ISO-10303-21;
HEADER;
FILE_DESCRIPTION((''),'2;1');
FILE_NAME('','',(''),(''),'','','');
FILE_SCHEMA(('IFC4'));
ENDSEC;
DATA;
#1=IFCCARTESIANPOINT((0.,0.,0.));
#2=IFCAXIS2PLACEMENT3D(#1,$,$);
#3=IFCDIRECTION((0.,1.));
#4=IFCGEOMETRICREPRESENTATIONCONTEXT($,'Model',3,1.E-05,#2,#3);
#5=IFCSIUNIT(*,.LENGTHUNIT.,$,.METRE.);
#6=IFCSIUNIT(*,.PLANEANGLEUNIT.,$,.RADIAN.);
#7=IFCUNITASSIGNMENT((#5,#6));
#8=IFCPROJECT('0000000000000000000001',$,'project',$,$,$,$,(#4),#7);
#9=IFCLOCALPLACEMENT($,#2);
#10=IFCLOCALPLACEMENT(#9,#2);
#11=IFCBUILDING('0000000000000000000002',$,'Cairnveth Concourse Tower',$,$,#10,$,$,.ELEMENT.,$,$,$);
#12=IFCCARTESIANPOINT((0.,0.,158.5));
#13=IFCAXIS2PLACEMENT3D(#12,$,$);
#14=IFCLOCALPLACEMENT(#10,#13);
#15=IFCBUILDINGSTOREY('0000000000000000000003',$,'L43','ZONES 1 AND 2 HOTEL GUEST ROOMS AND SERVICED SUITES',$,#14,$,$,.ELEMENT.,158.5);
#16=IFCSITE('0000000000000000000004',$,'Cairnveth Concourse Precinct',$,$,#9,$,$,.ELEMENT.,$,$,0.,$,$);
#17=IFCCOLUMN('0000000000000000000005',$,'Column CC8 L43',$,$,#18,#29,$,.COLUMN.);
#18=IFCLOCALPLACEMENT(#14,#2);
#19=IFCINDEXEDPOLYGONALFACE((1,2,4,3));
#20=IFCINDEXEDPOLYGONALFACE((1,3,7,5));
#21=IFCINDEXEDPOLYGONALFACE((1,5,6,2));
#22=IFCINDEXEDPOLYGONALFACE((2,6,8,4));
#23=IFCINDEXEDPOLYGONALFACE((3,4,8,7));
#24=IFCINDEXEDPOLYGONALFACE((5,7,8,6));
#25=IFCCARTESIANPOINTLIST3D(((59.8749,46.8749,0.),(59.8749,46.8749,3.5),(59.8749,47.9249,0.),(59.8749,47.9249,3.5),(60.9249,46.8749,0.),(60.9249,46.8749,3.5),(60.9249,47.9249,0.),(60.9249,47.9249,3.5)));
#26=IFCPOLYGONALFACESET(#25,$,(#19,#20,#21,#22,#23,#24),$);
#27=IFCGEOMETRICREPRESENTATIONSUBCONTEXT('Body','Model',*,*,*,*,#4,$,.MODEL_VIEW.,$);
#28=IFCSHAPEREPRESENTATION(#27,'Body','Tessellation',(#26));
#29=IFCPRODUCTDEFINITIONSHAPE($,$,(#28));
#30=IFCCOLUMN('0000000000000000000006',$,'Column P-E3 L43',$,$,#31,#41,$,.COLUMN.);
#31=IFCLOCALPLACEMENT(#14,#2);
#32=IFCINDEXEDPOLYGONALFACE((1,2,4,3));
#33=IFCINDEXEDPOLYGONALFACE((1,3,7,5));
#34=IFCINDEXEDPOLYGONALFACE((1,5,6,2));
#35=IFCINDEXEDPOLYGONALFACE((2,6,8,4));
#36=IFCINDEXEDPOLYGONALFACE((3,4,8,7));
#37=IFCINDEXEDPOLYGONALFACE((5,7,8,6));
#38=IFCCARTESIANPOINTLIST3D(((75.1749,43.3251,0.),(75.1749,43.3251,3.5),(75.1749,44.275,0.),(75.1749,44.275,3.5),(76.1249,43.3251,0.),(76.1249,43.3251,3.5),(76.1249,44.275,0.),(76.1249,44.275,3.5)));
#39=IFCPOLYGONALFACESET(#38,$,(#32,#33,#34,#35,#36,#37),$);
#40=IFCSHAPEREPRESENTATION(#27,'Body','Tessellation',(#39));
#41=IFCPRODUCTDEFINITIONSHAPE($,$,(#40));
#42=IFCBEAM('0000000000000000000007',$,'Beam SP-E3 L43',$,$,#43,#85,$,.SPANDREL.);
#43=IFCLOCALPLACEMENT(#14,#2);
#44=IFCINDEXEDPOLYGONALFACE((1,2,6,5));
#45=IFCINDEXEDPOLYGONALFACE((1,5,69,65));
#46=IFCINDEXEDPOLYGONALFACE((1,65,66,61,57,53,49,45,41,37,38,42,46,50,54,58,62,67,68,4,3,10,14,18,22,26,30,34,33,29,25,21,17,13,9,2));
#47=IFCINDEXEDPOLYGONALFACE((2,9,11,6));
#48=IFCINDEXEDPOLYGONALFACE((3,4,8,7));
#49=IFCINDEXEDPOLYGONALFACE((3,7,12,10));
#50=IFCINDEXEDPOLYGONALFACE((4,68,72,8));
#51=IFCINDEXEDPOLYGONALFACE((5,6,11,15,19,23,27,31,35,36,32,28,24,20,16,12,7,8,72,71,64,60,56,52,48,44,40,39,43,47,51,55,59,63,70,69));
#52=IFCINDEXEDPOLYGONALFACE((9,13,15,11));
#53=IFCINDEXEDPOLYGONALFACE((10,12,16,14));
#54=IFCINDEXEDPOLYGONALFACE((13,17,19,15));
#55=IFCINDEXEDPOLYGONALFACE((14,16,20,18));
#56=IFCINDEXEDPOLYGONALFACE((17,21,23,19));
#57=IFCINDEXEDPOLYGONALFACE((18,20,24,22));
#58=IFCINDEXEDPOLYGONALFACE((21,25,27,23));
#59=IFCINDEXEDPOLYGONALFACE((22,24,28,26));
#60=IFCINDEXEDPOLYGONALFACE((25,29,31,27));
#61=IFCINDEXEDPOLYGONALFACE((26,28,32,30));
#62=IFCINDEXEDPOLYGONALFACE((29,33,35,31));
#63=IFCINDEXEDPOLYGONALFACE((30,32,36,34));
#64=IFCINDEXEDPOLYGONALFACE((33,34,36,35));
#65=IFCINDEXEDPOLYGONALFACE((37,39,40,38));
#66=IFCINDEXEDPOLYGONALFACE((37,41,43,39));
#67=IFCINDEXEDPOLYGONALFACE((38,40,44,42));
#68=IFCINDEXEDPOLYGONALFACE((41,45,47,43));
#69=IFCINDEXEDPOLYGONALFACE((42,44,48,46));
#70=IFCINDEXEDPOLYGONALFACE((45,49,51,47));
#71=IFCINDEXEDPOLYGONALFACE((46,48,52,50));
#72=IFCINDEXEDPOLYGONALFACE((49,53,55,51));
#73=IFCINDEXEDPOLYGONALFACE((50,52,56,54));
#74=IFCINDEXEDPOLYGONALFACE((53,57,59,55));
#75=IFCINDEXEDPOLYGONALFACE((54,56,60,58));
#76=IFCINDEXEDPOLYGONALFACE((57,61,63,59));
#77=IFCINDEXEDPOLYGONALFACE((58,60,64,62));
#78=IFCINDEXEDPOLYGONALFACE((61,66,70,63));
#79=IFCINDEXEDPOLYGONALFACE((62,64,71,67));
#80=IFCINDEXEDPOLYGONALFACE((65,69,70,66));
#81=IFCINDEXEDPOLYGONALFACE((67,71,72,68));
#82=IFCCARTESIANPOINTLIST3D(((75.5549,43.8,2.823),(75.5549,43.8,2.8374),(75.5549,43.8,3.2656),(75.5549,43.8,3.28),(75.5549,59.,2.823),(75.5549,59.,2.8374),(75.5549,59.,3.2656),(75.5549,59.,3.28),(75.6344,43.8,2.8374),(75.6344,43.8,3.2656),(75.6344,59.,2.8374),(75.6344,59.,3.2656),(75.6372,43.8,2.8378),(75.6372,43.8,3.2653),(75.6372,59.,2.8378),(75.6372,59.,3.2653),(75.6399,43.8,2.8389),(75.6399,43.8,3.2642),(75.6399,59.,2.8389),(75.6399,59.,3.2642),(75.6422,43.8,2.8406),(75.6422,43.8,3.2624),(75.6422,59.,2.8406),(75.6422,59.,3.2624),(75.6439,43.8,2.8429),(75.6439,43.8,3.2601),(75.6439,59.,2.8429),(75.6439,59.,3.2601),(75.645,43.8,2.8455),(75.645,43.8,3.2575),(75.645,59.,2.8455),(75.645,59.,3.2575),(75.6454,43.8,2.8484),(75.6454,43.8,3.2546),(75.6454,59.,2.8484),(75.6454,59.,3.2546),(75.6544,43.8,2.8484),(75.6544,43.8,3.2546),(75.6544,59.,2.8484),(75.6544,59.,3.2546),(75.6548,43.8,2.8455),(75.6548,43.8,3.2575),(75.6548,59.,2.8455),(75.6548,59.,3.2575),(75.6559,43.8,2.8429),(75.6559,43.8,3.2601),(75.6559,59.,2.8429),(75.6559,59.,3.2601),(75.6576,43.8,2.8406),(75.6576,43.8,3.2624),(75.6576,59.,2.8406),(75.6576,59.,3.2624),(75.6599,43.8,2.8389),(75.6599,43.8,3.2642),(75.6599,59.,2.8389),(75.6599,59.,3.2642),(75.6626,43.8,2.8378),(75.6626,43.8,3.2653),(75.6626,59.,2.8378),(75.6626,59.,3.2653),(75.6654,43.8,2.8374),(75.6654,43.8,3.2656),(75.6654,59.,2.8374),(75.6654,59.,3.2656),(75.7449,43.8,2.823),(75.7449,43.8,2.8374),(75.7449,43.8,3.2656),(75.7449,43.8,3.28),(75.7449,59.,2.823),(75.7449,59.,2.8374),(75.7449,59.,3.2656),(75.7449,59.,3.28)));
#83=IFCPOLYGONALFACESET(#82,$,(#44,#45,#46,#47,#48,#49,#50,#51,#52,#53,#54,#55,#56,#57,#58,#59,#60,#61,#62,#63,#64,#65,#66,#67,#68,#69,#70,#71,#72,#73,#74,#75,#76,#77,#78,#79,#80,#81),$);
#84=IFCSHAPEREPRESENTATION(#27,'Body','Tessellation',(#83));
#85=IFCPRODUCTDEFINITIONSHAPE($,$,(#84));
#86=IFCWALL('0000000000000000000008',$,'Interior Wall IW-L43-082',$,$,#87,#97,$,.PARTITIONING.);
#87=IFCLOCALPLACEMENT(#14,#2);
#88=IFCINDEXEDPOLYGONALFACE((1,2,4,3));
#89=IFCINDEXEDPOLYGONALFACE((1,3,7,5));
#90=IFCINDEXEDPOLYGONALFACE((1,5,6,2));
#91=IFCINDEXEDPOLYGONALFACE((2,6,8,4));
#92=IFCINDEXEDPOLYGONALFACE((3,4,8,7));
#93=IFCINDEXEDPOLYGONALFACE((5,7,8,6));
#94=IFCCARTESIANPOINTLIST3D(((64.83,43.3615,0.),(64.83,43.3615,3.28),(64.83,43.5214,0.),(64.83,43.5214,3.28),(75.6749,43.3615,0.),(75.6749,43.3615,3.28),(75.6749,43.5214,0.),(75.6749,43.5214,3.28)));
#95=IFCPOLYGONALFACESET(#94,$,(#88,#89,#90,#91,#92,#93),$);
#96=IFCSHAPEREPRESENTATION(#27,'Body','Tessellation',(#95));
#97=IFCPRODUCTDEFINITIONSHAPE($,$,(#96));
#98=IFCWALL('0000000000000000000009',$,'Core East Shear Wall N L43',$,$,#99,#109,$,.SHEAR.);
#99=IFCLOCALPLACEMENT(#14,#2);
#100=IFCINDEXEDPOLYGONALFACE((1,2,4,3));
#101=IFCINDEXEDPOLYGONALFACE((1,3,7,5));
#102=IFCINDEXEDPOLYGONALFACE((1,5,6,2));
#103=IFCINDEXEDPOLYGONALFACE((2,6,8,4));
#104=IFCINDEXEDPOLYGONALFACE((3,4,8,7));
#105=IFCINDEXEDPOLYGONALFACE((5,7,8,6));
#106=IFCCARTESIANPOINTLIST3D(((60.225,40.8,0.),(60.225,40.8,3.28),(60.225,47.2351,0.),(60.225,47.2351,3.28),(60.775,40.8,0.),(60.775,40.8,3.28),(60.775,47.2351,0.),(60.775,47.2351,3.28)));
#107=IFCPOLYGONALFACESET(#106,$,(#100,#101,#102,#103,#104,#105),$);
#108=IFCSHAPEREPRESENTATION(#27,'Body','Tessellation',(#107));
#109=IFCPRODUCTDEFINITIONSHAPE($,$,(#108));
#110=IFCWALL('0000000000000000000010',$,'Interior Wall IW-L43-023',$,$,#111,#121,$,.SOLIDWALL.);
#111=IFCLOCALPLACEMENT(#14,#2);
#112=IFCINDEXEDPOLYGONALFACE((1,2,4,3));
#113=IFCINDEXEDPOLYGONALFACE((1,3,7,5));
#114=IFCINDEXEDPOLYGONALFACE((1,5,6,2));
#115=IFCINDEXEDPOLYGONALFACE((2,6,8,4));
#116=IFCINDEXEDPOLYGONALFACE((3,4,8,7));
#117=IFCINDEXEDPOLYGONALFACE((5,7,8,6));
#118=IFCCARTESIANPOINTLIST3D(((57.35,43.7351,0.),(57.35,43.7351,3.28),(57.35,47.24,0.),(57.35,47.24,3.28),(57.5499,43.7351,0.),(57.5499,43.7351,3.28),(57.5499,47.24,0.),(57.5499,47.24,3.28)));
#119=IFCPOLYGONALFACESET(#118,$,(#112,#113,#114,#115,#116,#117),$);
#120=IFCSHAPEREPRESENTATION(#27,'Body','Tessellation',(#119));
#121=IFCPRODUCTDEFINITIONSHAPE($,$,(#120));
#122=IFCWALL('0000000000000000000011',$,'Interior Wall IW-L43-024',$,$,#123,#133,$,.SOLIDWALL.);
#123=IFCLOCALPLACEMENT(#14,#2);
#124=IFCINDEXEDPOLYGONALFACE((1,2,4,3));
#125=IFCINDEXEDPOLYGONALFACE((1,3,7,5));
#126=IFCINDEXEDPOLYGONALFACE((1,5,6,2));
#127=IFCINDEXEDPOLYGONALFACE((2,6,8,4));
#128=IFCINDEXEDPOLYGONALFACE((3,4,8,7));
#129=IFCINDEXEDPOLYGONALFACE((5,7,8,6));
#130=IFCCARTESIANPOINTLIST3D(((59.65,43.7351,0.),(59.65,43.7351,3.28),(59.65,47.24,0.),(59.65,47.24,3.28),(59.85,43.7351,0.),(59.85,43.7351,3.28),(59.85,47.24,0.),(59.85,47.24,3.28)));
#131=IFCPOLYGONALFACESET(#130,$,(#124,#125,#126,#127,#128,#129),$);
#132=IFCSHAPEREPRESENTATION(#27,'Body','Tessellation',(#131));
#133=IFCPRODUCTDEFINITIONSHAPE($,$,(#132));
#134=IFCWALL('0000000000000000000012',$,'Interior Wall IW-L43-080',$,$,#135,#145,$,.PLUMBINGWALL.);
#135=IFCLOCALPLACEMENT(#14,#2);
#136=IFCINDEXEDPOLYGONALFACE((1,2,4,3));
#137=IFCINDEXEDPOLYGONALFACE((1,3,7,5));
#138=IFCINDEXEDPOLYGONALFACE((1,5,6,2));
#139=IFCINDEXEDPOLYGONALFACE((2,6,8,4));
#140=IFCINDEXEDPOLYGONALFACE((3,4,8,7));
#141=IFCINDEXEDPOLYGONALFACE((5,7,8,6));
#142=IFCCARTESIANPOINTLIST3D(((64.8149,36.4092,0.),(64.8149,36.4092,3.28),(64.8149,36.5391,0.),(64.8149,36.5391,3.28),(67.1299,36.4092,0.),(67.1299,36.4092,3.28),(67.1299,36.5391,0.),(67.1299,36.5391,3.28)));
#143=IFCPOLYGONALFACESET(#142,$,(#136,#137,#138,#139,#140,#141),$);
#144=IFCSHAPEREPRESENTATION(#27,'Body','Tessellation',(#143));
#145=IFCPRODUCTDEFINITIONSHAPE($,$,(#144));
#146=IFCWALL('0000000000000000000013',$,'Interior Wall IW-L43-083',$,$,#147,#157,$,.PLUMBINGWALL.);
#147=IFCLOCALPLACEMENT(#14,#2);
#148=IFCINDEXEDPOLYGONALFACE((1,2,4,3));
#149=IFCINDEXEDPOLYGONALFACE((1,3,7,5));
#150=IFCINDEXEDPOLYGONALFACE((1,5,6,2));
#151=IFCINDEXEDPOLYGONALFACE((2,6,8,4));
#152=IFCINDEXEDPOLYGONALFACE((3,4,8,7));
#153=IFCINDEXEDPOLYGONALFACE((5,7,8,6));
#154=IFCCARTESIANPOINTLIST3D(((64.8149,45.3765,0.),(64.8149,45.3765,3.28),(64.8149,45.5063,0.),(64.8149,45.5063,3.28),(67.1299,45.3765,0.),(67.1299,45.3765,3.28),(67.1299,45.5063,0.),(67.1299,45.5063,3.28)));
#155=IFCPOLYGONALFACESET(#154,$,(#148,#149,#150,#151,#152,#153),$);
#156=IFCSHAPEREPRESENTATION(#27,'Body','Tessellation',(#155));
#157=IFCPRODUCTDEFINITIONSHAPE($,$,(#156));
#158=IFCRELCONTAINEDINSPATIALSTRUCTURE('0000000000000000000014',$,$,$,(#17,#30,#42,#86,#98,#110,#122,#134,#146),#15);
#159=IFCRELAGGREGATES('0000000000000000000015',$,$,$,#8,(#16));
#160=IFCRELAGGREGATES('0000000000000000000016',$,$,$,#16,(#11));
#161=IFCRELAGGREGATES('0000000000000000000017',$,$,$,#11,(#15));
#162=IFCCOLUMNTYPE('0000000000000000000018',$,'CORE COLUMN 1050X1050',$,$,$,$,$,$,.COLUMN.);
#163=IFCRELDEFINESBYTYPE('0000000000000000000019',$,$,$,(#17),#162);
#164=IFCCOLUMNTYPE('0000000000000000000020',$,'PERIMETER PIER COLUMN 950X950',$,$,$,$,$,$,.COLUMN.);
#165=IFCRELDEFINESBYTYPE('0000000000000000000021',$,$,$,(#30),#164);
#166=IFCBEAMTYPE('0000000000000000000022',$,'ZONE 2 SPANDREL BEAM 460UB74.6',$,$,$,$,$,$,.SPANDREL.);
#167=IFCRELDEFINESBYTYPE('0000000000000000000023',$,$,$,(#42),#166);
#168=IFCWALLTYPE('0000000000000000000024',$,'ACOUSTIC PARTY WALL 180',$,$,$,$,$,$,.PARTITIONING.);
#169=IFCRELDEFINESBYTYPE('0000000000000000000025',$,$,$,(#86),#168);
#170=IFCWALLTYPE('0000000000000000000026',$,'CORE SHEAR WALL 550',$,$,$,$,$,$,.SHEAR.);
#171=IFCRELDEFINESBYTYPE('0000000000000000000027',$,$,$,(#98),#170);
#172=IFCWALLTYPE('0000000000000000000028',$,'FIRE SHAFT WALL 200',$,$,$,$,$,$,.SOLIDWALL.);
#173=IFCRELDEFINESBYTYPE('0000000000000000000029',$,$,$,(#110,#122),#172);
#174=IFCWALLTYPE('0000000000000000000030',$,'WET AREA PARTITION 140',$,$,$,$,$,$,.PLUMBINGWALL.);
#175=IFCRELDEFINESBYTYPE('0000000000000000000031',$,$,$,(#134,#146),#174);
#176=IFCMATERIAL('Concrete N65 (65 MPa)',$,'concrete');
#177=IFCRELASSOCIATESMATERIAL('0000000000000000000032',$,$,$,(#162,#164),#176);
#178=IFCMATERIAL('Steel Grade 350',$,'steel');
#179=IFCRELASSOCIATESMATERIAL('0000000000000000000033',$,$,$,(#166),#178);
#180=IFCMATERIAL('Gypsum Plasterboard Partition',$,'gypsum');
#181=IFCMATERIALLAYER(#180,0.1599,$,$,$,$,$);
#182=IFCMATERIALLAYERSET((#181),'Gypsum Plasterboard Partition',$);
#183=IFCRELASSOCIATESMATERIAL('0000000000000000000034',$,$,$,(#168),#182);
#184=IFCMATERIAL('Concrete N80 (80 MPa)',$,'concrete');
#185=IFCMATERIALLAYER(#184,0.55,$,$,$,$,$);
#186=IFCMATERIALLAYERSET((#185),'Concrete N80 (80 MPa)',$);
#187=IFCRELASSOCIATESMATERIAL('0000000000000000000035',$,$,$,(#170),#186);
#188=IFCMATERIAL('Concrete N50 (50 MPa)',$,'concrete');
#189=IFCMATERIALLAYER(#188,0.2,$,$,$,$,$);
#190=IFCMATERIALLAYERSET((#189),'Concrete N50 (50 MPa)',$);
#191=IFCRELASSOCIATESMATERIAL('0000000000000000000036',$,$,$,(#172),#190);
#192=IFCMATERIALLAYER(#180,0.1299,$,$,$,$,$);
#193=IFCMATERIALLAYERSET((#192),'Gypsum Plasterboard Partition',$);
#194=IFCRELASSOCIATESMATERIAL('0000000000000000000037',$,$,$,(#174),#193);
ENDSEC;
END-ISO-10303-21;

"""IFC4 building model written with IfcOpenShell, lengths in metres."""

from ifc_helpers import new_model, si_unit, direction, frame, frame_2d, origin, origin_2d, place, context, subcontext, project, spatial, rectangle, i_section, extrude, material, layer, layer_set, material_profile, profile_set, type_object, element, save


model = new_model("IFC4")

# Units and contexts
model_context = context("Model", 3, precision=1e-05, world=origin(), true_north=direction((0.0, 1.0)))
body_context = subcontext(model_context, "Body", "Model", "MODEL_VIEW")
ifc_project = project(units=[si_unit("LENGTHUNIT", "METRE"), si_unit("PLANEANGLEUNIT", "RADIAN")], contexts=[model_context])

# Site, building, storey
site_placement = place(None, origin())
site = spatial("IfcSite", under=ifc_project, at=site_placement, Name="Cairnveth Concourse Precinct", CompositionType="ELEMENT", RefElevation=0.0)
building_placement = place(site_placement, origin())
building = spatial("IfcBuilding", under=site, at=building_placement, Name="Cairnveth Concourse Tower", CompositionType="ELEMENT")
storey_placement = place(building_placement, frame((0.0, 0.0, 158.5)))
storey = spatial("IfcBuildingStorey", under=building, at=storey_placement, Name="L43", Description="ZONES 1 AND 2 HOTEL GUEST ROOMS AND SERVICED SUITES", CompositionType="ELEMENT", Elevation=158.5)

# Columns
ifc_material_1 = material(Name="Concrete N65 (65 MPa)", Category="concrete")
ifc_material_profile_1 = material_profile(ifc_material_1, rectangle(XDim=1.05, YDim=1.05, at=origin_2d()), Name="RC-COL-1050x1050")
ifc_profile_set_1 = profile_set([ifc_material_profile_1], Name="Concrete N65 (65 MPa)")
column_type_1 = type_object("IfcColumnType", Name="CORE COLUMN 1050X1050", PredefinedType="COLUMN", material=ifc_profile_set_1)
column_1_placement = place(storey_placement, frame((60.3999, 47.3999, 0.0), z_axis=(0.0, 0.0, 1.0), x_axis=(1.0, 0.0, 0.0)))
element("IfcColumn", 1, at=column_1_placement, inside=storey, type_object=column_type_1, Name="Column CC8 L43", PredefinedType="COLUMN", context=body_context, shape_type="SweptSolid", body=[
    extrude(rectangle(XDim=1.05, YDim=1.05, at=origin_2d()), origin(), (0.0, 0.0, 1.0), 3.5),
])
ifc_material_profile_2 = material_profile(ifc_material_1, rectangle(XDim=0.95, YDim=0.95, at=origin_2d()), Name="RC-COL-950x950")
ifc_profile_set_2 = profile_set([ifc_material_profile_2], Name="Concrete N65 (65 MPa)")
column_type_2 = type_object("IfcColumnType", Name="PERIMETER PIER COLUMN 950X950", PredefinedType="COLUMN", material=ifc_profile_set_2)
column_2_placement = place(storey_placement, frame((75.6499, 43.8, 0.0), z_axis=(0.0, 0.0, 1.0), x_axis=(0.0, 1.0, 0.0)))
element("IfcColumn", 2, at=column_2_placement, inside=storey, type_object=column_type_2, Name="Column P-E3 L43", PredefinedType="COLUMN", context=body_context, shape_type="SweptSolid", body=[
    extrude(rectangle(XDim=0.95, YDim=0.95, at=origin_2d()), origin(), (0.0, 0.0, 1.0), 3.5),
])

# Beam
ifc_material_2 = material(Name="Steel Grade 350", Category="steel")
ifc_material_profile_3 = material_profile(ifc_material_2, i_section(OverallWidth=0.1899, OverallDepth=0.457, WebThickness=0.009, FlangeThickness=0.0144, FilletRadius=0.011, at=origin_2d()), Name="460UB74.6")
ifc_profile_set_3 = profile_set([ifc_material_profile_3], Name="Steel Grade 350")
beam_type = type_object("IfcBeamType", Name="ZONE 2 SPANDREL BEAM 460UB74.6", PredefinedType="SPANDREL", material=ifc_profile_set_3)
beam_placement = place(storey_placement, frame((75.6499, 43.8, 3.0515), z_axis=(0.0, 1.0, 0.0), x_axis=(-1.0, 0.0, 0.0)))
element("IfcBeam", 3, at=beam_placement, inside=storey, type_object=beam_type, Name="Beam SP-E3 L43", PredefinedType="SPANDREL", context=body_context, shape_type="SweptSolid", body=[
    extrude(i_section(OverallWidth=0.1899, OverallDepth=0.457, WebThickness=0.009, FlangeThickness=0.0144, FilletRadius=0.011, at=origin_2d()), origin(), (0.0, 0.0, 1.0), 15.2),
])

# Walls
ifc_material_3 = material(Name="Gypsum Plasterboard Partition", Category="gypsum")
ifc_layer_1 = layer(ifc_material_3, 0.1599)
ifc_layer_set_1 = layer_set([ifc_layer_1], Name="Gypsum Plasterboard Partition")
wall_type_1 = type_object("IfcWallType", Name="ACOUSTIC PARTY WALL 180", PredefinedType="PARTITIONING", material=ifc_layer_set_1)
wall_1_placement = place(storey_placement, frame((64.8301, 43.4414, 0.0), z_axis=(0.0, 0.0, 1.0), x_axis=(1.0, 0.0, 0.0)))
element("IfcWall", 4, at=wall_1_placement, inside=storey, type_object=wall_type_1, Name="Interior Wall IW-L43-082", PredefinedType="PARTITIONING", context=body_context, shape_type="SweptSolid", body=[
    extrude(rectangle(XDim=10.845, YDim=0.1599, at=frame_2d((5.4224, 0.0))), origin(), (0.0, 0.0, 1.0), 3.28),
])
ifc_material_4 = material(Name="Concrete N80 (80 MPa)", Category="concrete")
ifc_layer_2 = layer(ifc_material_4, 0.55)
ifc_layer_set_2 = layer_set([ifc_layer_2], Name="Concrete N80 (80 MPa)")
wall_type_2 = type_object("IfcWallType", Name="CORE SHEAR WALL 550", PredefinedType="SHEAR", material=ifc_layer_set_2)
wall_2_placement = place(storey_placement, frame((60.5, 40.8, 0.0), z_axis=(0.0, 0.0, 1.0), x_axis=(0.0, 1.0, 0.0)))
element("IfcWall", 5, at=wall_2_placement, inside=storey, type_object=wall_type_2, Name="Core East Shear Wall N L43", PredefinedType="SHEAR", context=body_context, shape_type="SweptSolid", body=[
    extrude(rectangle(XDim=6.4351, YDim=0.55, at=frame_2d((3.2175, 0.0))), origin(), (0.0, 0.0, 1.0), 3.28),
])

# Shared definitions
ifc_material_5 = material(Name="Concrete N50 (50 MPa)", Category="concrete")
ifc_layer_3 = layer(ifc_material_5, 0.2)
ifc_layer_set_3 = layer_set([ifc_layer_3], Name="Concrete N50 (50 MPa)")
wall_type_3 = type_object("IfcWallType", Name="FIRE SHAFT WALL 200", PredefinedType="SOLIDWALL", material=ifc_layer_set_3)

# Walls
for number, where, z_axis, x_axis, name in (
    (6, (57.45, 43.7351, 0.0), (0.0, 0.0, 1.0), (0.0, 1.0, 0.0), "Interior Wall IW-L43-023"),
    (7, (59.75, 43.7351, 0.0), (0.0, 0.0, 1.0), (0.0, 1.0, 0.0), "Interior Wall IW-L43-024"),
):
    element("IfcWall", number, at=place(storey_placement, frame(where, z_axis=z_axis, x_axis=x_axis)), inside=storey, type_object=wall_type_3, Name=name, PredefinedType="SOLIDWALL", context=body_context, shape_type="SweptSolid", body=[
        extrude(rectangle(XDim=3.5049, YDim=0.2, at=frame_2d((1.7524, 0.0))), origin(), (0.0, 0.0, 1.0), 3.28),
    ])
ifc_layer_4 = layer(ifc_material_3, 0.1299)
ifc_layer_set_4 = layer_set([ifc_layer_4], Name="Gypsum Plasterboard Partition")
wall_type_4 = type_object("IfcWallType", Name="WET AREA PARTITION 140", PredefinedType="PLUMBINGWALL", material=ifc_layer_set_4)
for number, where, z_axis, x_axis, name in (
    (8, (64.8149, 36.4741, 0.0), (0.0, 0.0, 1.0), (1.0, 0.0, 0.0), "Interior Wall IW-L43-080"),
    (9, (64.8149, 45.4414, 0.0), (0.0, 0.0, 1.0), (1.0, 0.0, 0.0), "Interior Wall IW-L43-083"),
):
    element("IfcWall", number, at=place(storey_placement, frame(where, z_axis=z_axis, x_axis=x_axis)), inside=storey, type_object=wall_type_4, Name=name, PredefinedType="PLUMBINGWALL", context=body_context, shape_type="SweptSolid", body=[
        extrude(rectangle(XDim=2.3149, YDim=0.1299, at=frame_2d((1.1575, 0.0))), origin(), (0.0, 0.0, 1.0), 3.28),
    ])

save(model, "model.ifc")
